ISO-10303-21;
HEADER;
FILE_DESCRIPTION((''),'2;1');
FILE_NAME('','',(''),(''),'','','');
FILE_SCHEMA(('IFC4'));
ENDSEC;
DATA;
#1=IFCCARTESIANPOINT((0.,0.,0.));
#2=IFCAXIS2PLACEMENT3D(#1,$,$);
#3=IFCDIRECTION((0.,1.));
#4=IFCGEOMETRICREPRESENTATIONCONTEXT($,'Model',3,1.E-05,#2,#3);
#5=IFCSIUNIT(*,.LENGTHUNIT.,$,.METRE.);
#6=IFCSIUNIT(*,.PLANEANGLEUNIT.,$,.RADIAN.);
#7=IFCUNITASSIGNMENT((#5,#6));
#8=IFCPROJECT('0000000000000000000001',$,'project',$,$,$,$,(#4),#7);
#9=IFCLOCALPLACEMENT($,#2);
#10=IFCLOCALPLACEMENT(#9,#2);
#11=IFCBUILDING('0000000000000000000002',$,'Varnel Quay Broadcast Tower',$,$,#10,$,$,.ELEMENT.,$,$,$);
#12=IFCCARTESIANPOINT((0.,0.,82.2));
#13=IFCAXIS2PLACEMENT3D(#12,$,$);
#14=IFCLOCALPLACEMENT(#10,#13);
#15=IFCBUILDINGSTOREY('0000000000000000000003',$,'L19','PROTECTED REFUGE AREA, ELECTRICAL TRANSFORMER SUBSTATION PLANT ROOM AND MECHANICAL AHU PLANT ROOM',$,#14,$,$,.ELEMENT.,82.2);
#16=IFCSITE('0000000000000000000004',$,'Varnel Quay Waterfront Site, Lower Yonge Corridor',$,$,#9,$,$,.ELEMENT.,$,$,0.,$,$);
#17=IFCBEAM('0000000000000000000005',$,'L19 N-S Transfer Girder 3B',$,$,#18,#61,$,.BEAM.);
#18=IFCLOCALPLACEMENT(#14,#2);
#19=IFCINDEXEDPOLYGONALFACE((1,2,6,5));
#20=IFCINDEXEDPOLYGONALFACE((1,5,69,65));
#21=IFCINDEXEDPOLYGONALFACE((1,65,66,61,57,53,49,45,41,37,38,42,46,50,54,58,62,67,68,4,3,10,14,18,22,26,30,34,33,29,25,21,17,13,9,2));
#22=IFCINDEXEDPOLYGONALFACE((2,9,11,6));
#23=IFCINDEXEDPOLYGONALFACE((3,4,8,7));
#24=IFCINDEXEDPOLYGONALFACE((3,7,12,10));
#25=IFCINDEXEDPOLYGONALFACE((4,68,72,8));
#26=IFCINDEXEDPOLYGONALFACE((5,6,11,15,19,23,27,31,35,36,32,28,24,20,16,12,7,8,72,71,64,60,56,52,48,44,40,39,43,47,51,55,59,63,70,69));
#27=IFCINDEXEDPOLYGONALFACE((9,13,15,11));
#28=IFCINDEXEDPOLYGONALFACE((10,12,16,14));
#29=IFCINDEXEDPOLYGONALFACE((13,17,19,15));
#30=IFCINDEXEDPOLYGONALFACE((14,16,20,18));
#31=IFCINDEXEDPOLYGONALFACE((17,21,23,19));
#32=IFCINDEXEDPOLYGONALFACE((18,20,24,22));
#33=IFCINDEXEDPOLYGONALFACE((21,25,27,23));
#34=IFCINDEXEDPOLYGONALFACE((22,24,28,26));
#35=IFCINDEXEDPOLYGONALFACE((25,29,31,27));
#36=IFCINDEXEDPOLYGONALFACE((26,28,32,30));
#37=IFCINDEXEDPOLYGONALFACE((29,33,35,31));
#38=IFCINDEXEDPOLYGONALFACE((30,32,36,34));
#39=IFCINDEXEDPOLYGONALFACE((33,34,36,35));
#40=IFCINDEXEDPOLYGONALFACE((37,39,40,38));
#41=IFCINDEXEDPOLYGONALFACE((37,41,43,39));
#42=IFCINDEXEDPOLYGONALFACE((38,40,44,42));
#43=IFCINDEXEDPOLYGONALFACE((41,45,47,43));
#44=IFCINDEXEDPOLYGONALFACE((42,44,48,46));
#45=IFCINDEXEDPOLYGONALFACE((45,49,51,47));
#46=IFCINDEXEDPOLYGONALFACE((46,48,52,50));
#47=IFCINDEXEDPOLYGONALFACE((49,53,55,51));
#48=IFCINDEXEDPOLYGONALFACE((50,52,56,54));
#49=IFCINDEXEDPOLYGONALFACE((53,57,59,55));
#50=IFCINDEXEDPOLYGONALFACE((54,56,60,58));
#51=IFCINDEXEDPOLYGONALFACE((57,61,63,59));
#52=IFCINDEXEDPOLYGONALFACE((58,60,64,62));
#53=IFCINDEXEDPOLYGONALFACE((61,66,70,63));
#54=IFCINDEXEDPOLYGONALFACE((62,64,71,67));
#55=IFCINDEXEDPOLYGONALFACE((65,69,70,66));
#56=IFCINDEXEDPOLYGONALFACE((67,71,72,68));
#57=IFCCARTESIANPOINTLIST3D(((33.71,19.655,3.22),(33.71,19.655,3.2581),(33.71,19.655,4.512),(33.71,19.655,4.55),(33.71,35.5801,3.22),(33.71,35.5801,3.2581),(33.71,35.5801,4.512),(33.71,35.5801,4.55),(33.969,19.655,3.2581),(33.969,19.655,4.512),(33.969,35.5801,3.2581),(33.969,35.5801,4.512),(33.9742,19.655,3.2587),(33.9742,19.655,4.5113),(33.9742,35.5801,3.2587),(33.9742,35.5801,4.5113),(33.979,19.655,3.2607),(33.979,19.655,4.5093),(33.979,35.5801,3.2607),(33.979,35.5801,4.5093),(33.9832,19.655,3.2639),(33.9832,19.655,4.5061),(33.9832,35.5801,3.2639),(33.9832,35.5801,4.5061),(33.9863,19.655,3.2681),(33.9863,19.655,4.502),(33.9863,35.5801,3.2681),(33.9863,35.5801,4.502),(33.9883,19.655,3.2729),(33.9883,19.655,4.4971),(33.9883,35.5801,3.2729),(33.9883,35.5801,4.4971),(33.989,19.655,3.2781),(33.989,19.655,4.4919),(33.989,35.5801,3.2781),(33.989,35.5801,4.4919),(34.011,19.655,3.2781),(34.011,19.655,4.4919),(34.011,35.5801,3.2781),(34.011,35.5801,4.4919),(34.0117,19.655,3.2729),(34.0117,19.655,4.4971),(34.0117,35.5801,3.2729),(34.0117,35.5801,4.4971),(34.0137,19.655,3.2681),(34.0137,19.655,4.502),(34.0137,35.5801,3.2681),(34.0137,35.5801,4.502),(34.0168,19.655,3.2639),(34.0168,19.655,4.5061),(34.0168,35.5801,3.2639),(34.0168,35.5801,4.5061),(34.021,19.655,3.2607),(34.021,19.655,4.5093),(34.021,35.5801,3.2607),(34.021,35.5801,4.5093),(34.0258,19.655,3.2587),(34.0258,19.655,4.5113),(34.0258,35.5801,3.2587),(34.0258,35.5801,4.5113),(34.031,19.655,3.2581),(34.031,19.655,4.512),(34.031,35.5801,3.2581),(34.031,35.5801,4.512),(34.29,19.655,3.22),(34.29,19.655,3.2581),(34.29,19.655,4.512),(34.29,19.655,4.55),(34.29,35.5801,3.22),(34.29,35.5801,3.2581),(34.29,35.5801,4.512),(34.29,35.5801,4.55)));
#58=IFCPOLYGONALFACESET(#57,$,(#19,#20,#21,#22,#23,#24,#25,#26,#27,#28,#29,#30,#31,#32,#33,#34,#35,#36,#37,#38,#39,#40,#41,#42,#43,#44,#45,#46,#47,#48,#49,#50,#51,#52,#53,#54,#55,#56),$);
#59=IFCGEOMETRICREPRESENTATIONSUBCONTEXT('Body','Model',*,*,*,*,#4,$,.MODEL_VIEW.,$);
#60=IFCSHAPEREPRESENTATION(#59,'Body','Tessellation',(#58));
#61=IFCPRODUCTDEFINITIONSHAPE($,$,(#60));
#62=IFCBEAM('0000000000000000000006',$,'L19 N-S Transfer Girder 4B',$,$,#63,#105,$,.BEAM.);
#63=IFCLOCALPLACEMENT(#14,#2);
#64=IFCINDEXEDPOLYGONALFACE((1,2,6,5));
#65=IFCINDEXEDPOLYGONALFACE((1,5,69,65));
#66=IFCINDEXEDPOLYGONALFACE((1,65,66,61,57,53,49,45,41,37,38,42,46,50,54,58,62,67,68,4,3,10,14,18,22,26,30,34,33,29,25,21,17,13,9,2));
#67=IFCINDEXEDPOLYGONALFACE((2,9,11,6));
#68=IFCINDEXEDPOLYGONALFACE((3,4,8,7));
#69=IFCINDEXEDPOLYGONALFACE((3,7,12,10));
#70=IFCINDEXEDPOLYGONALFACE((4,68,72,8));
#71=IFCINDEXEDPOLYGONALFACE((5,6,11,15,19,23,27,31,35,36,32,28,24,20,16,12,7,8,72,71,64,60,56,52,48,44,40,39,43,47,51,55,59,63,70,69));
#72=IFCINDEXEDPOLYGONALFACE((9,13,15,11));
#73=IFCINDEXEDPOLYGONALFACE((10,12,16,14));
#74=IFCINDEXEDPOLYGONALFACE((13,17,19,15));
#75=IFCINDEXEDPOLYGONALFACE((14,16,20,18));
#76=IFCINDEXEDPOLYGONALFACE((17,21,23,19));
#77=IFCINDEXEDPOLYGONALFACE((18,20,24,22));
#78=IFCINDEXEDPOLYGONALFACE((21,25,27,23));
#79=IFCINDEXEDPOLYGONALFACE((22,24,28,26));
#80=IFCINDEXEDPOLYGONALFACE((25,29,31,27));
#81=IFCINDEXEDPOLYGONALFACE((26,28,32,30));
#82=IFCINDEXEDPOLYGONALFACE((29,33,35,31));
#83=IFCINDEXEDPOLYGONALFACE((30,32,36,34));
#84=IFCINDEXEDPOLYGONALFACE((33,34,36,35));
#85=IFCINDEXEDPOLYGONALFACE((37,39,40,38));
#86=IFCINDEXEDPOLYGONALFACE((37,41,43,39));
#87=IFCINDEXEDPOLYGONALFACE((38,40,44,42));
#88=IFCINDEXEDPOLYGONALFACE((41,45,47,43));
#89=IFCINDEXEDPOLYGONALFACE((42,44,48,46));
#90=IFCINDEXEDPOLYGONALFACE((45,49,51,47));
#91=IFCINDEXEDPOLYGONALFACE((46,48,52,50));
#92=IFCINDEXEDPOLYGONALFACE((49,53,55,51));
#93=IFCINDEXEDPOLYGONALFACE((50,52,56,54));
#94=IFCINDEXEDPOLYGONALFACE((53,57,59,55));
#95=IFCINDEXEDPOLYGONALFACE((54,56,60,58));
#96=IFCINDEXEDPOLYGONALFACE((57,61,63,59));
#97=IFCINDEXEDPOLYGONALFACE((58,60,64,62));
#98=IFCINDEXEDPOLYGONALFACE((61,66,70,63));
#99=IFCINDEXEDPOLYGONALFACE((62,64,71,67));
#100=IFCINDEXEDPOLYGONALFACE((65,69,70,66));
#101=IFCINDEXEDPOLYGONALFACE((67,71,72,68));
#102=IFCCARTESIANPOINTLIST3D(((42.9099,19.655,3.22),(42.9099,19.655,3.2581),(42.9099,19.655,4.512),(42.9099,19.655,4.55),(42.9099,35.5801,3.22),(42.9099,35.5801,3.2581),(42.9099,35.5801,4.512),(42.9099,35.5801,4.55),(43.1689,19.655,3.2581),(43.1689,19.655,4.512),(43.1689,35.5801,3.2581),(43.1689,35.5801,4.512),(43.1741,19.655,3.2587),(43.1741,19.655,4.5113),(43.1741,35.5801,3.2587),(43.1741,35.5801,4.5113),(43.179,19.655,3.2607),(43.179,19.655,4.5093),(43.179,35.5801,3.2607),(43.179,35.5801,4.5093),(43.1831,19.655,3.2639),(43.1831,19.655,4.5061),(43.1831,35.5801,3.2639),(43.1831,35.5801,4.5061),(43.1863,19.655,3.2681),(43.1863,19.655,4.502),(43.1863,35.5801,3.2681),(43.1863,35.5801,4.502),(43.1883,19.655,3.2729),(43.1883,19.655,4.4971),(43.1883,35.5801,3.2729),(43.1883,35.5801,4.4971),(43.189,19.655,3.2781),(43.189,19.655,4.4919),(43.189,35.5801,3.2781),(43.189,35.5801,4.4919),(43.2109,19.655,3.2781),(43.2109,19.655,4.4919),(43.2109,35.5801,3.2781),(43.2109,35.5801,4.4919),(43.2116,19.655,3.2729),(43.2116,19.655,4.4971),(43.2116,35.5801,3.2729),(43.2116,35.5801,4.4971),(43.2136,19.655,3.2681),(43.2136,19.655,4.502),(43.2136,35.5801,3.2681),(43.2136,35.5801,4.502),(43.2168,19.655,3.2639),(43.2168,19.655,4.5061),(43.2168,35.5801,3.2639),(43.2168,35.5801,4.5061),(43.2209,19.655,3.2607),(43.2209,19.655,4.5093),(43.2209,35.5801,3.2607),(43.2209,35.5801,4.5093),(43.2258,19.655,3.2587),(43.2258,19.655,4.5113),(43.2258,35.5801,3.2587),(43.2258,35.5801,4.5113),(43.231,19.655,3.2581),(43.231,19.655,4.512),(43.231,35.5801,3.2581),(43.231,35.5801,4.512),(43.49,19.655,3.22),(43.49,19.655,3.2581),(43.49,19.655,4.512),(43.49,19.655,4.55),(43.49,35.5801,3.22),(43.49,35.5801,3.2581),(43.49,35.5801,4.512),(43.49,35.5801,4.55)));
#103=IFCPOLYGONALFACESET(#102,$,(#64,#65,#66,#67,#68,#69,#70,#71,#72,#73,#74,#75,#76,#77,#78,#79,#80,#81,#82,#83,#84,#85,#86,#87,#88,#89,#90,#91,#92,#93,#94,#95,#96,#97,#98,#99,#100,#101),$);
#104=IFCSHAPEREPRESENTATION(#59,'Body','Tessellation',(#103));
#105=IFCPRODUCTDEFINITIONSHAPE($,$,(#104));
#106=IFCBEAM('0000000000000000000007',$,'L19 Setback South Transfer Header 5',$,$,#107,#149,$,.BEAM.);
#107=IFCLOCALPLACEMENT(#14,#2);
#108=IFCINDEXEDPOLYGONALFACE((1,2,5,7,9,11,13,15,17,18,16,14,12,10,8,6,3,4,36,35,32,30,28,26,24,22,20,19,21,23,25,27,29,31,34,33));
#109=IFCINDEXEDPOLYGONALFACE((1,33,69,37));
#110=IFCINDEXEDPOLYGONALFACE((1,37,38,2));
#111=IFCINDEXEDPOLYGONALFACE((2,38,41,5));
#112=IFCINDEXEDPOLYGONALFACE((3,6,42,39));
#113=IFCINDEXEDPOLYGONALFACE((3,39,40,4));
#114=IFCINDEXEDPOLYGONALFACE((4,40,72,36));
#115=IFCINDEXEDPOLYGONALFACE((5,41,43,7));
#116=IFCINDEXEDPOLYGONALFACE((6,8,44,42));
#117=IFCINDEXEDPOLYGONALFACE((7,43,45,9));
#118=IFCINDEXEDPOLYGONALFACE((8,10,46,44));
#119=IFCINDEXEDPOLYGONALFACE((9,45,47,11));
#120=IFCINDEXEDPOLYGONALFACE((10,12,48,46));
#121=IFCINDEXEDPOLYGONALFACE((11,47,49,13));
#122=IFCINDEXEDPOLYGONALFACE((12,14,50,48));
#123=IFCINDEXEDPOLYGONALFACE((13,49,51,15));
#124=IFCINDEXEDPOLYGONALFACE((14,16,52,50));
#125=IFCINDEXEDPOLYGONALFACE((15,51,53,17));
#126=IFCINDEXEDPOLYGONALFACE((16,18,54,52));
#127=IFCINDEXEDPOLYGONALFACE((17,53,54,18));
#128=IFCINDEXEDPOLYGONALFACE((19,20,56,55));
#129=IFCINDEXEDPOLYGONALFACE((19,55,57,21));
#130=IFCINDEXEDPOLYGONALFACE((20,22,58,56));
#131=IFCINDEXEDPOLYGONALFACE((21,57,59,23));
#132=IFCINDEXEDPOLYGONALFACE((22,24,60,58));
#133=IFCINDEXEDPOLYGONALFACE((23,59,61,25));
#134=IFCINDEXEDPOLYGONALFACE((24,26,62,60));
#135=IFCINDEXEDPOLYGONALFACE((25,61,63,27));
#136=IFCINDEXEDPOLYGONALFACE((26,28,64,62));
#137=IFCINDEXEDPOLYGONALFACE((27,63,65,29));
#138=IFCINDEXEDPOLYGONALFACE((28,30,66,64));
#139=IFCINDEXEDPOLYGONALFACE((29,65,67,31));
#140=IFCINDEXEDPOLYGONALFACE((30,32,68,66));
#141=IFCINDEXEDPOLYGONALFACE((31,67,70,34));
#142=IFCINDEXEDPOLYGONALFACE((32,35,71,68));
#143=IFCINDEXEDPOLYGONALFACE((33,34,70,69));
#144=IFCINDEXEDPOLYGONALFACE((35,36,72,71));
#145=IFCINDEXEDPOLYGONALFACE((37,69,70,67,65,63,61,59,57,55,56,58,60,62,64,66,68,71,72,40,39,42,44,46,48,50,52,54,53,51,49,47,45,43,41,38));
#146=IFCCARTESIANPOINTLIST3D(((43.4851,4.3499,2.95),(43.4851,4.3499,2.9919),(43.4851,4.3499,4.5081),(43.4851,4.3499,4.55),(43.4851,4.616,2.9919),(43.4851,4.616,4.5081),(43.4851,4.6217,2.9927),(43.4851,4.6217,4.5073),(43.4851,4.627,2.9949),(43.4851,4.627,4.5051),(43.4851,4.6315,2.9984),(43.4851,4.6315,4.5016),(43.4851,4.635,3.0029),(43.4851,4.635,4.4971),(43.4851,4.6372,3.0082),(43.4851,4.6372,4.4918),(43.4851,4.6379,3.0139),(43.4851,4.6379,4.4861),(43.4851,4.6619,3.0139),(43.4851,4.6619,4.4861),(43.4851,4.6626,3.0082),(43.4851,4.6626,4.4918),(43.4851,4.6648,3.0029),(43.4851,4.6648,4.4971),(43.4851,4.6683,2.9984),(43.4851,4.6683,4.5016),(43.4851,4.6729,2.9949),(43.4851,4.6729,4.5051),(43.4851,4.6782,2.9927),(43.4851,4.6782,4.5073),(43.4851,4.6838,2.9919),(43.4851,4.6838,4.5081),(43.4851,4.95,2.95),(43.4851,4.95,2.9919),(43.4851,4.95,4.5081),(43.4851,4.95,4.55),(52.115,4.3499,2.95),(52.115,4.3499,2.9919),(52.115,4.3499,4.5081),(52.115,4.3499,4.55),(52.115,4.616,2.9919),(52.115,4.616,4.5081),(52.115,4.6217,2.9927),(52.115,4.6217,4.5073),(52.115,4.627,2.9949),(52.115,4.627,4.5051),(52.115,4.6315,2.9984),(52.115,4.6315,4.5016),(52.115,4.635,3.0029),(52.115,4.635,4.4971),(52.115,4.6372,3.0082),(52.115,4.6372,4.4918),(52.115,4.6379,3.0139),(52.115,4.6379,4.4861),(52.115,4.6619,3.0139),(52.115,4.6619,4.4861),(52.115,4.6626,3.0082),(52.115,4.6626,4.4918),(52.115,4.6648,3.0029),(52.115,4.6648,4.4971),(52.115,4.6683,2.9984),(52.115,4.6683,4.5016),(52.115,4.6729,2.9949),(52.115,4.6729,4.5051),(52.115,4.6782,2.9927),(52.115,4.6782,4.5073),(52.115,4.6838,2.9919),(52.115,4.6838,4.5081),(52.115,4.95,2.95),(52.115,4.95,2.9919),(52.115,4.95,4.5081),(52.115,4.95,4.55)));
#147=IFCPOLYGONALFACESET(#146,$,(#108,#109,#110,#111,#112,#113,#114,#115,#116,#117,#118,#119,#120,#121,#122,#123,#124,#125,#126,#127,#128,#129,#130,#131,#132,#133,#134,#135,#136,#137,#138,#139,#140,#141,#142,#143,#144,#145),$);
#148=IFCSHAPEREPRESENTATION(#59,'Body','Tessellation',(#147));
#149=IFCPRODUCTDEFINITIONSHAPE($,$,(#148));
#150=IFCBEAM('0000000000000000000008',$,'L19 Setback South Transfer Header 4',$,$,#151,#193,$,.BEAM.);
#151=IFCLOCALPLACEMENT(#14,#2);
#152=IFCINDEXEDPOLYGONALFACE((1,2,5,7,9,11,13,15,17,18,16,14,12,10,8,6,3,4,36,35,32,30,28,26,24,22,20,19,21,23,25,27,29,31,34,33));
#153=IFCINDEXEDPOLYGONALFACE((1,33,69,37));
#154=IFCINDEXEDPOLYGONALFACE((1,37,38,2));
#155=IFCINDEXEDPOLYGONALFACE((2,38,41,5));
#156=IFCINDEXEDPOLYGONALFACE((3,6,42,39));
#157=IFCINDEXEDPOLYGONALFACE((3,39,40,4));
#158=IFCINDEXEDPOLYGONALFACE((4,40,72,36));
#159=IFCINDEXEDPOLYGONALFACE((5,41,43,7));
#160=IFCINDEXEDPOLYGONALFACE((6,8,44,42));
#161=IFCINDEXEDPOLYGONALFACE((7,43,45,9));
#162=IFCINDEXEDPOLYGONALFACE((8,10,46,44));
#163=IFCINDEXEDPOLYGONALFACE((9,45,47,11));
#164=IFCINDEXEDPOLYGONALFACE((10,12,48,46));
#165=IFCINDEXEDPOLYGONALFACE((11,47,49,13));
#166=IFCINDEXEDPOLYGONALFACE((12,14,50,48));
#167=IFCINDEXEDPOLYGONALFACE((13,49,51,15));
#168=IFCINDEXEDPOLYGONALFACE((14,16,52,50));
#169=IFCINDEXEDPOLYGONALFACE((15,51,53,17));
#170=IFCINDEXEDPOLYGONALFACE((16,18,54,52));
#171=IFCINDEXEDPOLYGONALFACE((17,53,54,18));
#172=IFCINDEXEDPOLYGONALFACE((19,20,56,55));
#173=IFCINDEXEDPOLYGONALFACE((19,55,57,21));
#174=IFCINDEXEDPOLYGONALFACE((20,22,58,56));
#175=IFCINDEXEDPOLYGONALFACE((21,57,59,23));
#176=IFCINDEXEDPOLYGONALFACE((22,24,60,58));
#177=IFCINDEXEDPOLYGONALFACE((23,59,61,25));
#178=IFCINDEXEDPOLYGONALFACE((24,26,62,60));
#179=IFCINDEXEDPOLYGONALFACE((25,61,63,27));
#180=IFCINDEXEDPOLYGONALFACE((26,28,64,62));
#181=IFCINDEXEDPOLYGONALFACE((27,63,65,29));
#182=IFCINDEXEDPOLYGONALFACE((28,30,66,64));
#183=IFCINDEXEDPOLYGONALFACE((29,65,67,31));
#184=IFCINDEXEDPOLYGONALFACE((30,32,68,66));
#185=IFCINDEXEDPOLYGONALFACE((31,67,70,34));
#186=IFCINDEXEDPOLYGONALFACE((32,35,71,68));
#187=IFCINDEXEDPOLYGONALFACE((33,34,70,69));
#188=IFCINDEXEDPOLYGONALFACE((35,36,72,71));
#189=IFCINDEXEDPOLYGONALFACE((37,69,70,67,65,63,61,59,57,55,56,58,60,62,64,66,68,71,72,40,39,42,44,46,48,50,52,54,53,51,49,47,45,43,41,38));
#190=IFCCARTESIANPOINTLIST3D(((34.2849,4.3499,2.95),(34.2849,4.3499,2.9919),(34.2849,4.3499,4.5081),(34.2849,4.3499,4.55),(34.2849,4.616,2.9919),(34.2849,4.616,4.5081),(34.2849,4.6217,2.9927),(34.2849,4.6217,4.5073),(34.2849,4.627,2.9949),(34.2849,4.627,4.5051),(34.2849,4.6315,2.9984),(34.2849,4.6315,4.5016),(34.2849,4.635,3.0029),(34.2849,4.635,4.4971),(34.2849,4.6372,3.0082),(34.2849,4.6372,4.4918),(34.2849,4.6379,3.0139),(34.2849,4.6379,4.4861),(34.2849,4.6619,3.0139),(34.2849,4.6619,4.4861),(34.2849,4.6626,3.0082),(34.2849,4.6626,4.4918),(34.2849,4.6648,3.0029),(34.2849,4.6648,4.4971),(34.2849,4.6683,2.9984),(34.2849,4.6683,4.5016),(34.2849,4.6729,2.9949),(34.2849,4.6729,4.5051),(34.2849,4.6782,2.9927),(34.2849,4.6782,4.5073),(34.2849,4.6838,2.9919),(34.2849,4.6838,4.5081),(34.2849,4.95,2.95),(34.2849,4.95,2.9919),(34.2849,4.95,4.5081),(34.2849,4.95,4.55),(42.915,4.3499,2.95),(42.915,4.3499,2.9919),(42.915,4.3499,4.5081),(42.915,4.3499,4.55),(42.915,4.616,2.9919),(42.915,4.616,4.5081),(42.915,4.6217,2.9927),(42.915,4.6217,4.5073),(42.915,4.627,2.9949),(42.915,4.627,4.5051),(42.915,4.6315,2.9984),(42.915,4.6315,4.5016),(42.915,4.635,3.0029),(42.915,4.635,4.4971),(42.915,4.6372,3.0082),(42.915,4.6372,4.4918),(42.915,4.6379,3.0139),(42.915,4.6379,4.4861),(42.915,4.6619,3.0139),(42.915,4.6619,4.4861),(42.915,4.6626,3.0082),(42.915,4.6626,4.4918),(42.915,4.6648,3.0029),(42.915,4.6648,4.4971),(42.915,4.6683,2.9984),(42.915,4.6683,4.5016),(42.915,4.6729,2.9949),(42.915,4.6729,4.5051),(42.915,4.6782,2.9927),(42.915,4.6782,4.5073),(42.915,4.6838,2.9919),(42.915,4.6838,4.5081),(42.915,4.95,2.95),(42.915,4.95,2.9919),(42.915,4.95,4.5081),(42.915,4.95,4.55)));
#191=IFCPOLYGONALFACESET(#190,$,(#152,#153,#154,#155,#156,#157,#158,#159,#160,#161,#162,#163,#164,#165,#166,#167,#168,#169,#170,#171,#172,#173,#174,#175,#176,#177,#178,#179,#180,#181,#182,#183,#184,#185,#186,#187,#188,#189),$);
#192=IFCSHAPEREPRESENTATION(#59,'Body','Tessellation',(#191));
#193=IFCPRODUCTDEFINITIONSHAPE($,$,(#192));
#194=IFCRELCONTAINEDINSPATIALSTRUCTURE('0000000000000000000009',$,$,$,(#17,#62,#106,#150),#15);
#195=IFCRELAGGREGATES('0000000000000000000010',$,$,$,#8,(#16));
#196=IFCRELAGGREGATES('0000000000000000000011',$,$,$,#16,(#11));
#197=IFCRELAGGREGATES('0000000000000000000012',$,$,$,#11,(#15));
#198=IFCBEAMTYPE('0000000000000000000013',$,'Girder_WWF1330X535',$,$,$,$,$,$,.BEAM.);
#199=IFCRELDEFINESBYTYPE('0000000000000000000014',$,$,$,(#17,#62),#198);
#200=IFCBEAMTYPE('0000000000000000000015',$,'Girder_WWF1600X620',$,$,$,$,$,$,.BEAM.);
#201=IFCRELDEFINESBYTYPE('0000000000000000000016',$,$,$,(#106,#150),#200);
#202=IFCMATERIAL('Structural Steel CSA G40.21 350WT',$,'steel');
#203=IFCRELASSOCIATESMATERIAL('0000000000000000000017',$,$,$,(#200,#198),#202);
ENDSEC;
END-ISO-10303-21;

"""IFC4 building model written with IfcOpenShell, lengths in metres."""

from ifc_helpers import new_model, si_unit, direction, frame, origin, origin_2d, place, context, subcontext, project, spatial, i_section, extrude, source, transform, mapped, material, material_profile, profile_set, type_object, element, save


model = new_model("IFC4")

# Units and contexts
model_context = context("Model", 3, precision=1e-05, world=origin(), true_north=direction((0.0, 1.0)))
body_context = subcontext(model_context, "Body", "Model", "MODEL_VIEW")
ifc_project = project(units=[si_unit("LENGTHUNIT", "METRE"), si_unit("PLANEANGLEUNIT", "RADIAN")], contexts=[model_context])

# Site, building, storey
site_placement = place(None, origin())
site = spatial("IfcSite", under=ifc_project, at=site_placement, Name="Varnel Quay Waterfront Site, Lower Yonge Corridor", CompositionType="ELEMENT", RefElevation=0.0)
building_placement = place(site_placement, origin())
building = spatial("IfcBuilding", under=site, at=building_placement, Name="Varnel Quay Broadcast Tower", CompositionType="ELEMENT")
storey_placement = place(building_placement, frame((0.0, 0.0, 82.2)))
storey = spatial("IfcBuildingStorey", under=building, at=storey_placement, Name="L19", Description="PROTECTED REFUGE AREA, ELECTRICAL TRANSFORMER SUBSTATION PLANT ROOM AND MECHANICAL AHU PLANT ROOM", CompositionType="ELEMENT", Elevation=82.2)

# Beams
ifc_material_1 = material(Name="Structural Steel CSA G40.21 350WT", Category="steel")
ifc_material_profile_1 = material_profile(ifc_material_1, i_section(OverallWidth=0.6001, OverallDepth=1.6001, WebThickness=0.0239, FlangeThickness=0.042, FilletRadius=0.022, at=origin_2d()), Name="WWF1600X620")
ifc_profile_set_1 = profile_set([ifc_material_profile_1], Name="Structural Steel CSA G40.21 350WT")
beam_type_1 = type_object("IfcBeamType", Name="Girder_WWF1600X620", PredefinedType="BEAM", material=ifc_profile_set_1)
ifc_material_profile_2 = material_profile(ifc_material_1, i_section(OverallWidth=0.5801, OverallDepth=1.3301, WebThickness=0.022, FlangeThickness=0.0381, FilletRadius=0.02, at=origin_2d()), Name="WWF1330X535")
ifc_profile_set_2 = profile_set([ifc_material_profile_2], Name="Structural Steel CSA G40.21 350WT")
beam_type_2 = type_object("IfcBeamType", Name="Girder_WWF1330X535", PredefinedType="BEAM", material=ifc_profile_set_2)
shared_shape_1 = source(origin(), body_context, "Body", "SweptSolid", [
    extrude(i_section(OverallWidth=0.5801, OverallDepth=1.3301, WebThickness=0.022, FlangeThickness=0.0381, FilletRadius=0.02, at=origin_2d()), origin(), (0.0, 0.0, 1.0), 15.925),
])
for number, where, z_axis, x_axis, name in (
    (1, (34.0, 19.655, 3.885), (0.0, 1.0, 0.0), (-1.0, 0.0, 0.0), "L19 N-S Transfer Girder 3B"),
    (2, (43.2, 19.655, 3.885), (0.0, 1.0, 0.0), (-1.0, 0.0, 0.0), "L19 N-S Transfer Girder 4B"),
):
    element("IfcBeam", number, at=place(storey_placement, frame(where, z_axis=z_axis, x_axis=x_axis)), inside=storey, type_object=beam_type_2, Name=name, PredefinedType="BEAM", context=body_context, shape_type="MappedRepresentation", body=[
        mapped(shared_shape_1, transform((0.0, 0.0, 0.0), x_axis=(1.0, 0.0, 0.0), y_axis=(0.0, 1.0, 0.0), z_axis=(0.0, 0.0, 1.0), scale=1.0)),
    ])
shared_shape_2 = source(origin(), body_context, "Body", "SweptSolid", [
    extrude(i_section(OverallWidth=0.6001, OverallDepth=1.6001, WebThickness=0.0239, FlangeThickness=0.042, FilletRadius=0.022, at=origin_2d()), origin(), (0.0, 0.0, 1.0), 8.6299),
])
beam_1_placement = place(storey_placement, frame((43.4851, 4.6499, 3.75), z_axis=(1.0, 0.0, 0.0), x_axis=(0.0, 1.0, 0.0)))
element("IfcBeam", 3, at=beam_1_placement, inside=storey, type_object=beam_type_1, Name="L19 Setback South Transfer Header 5", PredefinedType="BEAM", context=body_context, shape_type="MappedRepresentation", body=[
    mapped(shared_shape_2, transform((0.0, 0.0, 0.0), x_axis=(1.0, 0.0, 0.0), y_axis=(0.0, 1.0, 0.0), z_axis=(0.0, 0.0, 1.0), scale=1.0)),
])
shared_shape_3 = source(origin(), body_context, "Body", "SweptSolid", [
    extrude(i_section(OverallWidth=0.6001, OverallDepth=1.6001, WebThickness=0.0239, FlangeThickness=0.042, FilletRadius=0.022, at=origin_2d()), origin(), (0.0, 0.0, 1.0), 8.6301),
])
beam_2_placement = place(storey_placement, frame((34.2849, 4.6499, 3.75), z_axis=(1.0, 0.0, 0.0), x_axis=(0.0, 1.0, 0.0)))
element("IfcBeam", 4, at=beam_2_placement, inside=storey, type_object=beam_type_1, Name="L19 Setback South Transfer Header 4", PredefinedType="BEAM", context=body_context, shape_type="MappedRepresentation", body=[
    mapped(shared_shape_3, transform((0.0, 0.0, 0.0), x_axis=(1.0, 0.0, 0.0), y_axis=(0.0, 1.0, 0.0), z_axis=(0.0, 0.0, 1.0), scale=1.0)),
])

save(model, "model.ifc")
